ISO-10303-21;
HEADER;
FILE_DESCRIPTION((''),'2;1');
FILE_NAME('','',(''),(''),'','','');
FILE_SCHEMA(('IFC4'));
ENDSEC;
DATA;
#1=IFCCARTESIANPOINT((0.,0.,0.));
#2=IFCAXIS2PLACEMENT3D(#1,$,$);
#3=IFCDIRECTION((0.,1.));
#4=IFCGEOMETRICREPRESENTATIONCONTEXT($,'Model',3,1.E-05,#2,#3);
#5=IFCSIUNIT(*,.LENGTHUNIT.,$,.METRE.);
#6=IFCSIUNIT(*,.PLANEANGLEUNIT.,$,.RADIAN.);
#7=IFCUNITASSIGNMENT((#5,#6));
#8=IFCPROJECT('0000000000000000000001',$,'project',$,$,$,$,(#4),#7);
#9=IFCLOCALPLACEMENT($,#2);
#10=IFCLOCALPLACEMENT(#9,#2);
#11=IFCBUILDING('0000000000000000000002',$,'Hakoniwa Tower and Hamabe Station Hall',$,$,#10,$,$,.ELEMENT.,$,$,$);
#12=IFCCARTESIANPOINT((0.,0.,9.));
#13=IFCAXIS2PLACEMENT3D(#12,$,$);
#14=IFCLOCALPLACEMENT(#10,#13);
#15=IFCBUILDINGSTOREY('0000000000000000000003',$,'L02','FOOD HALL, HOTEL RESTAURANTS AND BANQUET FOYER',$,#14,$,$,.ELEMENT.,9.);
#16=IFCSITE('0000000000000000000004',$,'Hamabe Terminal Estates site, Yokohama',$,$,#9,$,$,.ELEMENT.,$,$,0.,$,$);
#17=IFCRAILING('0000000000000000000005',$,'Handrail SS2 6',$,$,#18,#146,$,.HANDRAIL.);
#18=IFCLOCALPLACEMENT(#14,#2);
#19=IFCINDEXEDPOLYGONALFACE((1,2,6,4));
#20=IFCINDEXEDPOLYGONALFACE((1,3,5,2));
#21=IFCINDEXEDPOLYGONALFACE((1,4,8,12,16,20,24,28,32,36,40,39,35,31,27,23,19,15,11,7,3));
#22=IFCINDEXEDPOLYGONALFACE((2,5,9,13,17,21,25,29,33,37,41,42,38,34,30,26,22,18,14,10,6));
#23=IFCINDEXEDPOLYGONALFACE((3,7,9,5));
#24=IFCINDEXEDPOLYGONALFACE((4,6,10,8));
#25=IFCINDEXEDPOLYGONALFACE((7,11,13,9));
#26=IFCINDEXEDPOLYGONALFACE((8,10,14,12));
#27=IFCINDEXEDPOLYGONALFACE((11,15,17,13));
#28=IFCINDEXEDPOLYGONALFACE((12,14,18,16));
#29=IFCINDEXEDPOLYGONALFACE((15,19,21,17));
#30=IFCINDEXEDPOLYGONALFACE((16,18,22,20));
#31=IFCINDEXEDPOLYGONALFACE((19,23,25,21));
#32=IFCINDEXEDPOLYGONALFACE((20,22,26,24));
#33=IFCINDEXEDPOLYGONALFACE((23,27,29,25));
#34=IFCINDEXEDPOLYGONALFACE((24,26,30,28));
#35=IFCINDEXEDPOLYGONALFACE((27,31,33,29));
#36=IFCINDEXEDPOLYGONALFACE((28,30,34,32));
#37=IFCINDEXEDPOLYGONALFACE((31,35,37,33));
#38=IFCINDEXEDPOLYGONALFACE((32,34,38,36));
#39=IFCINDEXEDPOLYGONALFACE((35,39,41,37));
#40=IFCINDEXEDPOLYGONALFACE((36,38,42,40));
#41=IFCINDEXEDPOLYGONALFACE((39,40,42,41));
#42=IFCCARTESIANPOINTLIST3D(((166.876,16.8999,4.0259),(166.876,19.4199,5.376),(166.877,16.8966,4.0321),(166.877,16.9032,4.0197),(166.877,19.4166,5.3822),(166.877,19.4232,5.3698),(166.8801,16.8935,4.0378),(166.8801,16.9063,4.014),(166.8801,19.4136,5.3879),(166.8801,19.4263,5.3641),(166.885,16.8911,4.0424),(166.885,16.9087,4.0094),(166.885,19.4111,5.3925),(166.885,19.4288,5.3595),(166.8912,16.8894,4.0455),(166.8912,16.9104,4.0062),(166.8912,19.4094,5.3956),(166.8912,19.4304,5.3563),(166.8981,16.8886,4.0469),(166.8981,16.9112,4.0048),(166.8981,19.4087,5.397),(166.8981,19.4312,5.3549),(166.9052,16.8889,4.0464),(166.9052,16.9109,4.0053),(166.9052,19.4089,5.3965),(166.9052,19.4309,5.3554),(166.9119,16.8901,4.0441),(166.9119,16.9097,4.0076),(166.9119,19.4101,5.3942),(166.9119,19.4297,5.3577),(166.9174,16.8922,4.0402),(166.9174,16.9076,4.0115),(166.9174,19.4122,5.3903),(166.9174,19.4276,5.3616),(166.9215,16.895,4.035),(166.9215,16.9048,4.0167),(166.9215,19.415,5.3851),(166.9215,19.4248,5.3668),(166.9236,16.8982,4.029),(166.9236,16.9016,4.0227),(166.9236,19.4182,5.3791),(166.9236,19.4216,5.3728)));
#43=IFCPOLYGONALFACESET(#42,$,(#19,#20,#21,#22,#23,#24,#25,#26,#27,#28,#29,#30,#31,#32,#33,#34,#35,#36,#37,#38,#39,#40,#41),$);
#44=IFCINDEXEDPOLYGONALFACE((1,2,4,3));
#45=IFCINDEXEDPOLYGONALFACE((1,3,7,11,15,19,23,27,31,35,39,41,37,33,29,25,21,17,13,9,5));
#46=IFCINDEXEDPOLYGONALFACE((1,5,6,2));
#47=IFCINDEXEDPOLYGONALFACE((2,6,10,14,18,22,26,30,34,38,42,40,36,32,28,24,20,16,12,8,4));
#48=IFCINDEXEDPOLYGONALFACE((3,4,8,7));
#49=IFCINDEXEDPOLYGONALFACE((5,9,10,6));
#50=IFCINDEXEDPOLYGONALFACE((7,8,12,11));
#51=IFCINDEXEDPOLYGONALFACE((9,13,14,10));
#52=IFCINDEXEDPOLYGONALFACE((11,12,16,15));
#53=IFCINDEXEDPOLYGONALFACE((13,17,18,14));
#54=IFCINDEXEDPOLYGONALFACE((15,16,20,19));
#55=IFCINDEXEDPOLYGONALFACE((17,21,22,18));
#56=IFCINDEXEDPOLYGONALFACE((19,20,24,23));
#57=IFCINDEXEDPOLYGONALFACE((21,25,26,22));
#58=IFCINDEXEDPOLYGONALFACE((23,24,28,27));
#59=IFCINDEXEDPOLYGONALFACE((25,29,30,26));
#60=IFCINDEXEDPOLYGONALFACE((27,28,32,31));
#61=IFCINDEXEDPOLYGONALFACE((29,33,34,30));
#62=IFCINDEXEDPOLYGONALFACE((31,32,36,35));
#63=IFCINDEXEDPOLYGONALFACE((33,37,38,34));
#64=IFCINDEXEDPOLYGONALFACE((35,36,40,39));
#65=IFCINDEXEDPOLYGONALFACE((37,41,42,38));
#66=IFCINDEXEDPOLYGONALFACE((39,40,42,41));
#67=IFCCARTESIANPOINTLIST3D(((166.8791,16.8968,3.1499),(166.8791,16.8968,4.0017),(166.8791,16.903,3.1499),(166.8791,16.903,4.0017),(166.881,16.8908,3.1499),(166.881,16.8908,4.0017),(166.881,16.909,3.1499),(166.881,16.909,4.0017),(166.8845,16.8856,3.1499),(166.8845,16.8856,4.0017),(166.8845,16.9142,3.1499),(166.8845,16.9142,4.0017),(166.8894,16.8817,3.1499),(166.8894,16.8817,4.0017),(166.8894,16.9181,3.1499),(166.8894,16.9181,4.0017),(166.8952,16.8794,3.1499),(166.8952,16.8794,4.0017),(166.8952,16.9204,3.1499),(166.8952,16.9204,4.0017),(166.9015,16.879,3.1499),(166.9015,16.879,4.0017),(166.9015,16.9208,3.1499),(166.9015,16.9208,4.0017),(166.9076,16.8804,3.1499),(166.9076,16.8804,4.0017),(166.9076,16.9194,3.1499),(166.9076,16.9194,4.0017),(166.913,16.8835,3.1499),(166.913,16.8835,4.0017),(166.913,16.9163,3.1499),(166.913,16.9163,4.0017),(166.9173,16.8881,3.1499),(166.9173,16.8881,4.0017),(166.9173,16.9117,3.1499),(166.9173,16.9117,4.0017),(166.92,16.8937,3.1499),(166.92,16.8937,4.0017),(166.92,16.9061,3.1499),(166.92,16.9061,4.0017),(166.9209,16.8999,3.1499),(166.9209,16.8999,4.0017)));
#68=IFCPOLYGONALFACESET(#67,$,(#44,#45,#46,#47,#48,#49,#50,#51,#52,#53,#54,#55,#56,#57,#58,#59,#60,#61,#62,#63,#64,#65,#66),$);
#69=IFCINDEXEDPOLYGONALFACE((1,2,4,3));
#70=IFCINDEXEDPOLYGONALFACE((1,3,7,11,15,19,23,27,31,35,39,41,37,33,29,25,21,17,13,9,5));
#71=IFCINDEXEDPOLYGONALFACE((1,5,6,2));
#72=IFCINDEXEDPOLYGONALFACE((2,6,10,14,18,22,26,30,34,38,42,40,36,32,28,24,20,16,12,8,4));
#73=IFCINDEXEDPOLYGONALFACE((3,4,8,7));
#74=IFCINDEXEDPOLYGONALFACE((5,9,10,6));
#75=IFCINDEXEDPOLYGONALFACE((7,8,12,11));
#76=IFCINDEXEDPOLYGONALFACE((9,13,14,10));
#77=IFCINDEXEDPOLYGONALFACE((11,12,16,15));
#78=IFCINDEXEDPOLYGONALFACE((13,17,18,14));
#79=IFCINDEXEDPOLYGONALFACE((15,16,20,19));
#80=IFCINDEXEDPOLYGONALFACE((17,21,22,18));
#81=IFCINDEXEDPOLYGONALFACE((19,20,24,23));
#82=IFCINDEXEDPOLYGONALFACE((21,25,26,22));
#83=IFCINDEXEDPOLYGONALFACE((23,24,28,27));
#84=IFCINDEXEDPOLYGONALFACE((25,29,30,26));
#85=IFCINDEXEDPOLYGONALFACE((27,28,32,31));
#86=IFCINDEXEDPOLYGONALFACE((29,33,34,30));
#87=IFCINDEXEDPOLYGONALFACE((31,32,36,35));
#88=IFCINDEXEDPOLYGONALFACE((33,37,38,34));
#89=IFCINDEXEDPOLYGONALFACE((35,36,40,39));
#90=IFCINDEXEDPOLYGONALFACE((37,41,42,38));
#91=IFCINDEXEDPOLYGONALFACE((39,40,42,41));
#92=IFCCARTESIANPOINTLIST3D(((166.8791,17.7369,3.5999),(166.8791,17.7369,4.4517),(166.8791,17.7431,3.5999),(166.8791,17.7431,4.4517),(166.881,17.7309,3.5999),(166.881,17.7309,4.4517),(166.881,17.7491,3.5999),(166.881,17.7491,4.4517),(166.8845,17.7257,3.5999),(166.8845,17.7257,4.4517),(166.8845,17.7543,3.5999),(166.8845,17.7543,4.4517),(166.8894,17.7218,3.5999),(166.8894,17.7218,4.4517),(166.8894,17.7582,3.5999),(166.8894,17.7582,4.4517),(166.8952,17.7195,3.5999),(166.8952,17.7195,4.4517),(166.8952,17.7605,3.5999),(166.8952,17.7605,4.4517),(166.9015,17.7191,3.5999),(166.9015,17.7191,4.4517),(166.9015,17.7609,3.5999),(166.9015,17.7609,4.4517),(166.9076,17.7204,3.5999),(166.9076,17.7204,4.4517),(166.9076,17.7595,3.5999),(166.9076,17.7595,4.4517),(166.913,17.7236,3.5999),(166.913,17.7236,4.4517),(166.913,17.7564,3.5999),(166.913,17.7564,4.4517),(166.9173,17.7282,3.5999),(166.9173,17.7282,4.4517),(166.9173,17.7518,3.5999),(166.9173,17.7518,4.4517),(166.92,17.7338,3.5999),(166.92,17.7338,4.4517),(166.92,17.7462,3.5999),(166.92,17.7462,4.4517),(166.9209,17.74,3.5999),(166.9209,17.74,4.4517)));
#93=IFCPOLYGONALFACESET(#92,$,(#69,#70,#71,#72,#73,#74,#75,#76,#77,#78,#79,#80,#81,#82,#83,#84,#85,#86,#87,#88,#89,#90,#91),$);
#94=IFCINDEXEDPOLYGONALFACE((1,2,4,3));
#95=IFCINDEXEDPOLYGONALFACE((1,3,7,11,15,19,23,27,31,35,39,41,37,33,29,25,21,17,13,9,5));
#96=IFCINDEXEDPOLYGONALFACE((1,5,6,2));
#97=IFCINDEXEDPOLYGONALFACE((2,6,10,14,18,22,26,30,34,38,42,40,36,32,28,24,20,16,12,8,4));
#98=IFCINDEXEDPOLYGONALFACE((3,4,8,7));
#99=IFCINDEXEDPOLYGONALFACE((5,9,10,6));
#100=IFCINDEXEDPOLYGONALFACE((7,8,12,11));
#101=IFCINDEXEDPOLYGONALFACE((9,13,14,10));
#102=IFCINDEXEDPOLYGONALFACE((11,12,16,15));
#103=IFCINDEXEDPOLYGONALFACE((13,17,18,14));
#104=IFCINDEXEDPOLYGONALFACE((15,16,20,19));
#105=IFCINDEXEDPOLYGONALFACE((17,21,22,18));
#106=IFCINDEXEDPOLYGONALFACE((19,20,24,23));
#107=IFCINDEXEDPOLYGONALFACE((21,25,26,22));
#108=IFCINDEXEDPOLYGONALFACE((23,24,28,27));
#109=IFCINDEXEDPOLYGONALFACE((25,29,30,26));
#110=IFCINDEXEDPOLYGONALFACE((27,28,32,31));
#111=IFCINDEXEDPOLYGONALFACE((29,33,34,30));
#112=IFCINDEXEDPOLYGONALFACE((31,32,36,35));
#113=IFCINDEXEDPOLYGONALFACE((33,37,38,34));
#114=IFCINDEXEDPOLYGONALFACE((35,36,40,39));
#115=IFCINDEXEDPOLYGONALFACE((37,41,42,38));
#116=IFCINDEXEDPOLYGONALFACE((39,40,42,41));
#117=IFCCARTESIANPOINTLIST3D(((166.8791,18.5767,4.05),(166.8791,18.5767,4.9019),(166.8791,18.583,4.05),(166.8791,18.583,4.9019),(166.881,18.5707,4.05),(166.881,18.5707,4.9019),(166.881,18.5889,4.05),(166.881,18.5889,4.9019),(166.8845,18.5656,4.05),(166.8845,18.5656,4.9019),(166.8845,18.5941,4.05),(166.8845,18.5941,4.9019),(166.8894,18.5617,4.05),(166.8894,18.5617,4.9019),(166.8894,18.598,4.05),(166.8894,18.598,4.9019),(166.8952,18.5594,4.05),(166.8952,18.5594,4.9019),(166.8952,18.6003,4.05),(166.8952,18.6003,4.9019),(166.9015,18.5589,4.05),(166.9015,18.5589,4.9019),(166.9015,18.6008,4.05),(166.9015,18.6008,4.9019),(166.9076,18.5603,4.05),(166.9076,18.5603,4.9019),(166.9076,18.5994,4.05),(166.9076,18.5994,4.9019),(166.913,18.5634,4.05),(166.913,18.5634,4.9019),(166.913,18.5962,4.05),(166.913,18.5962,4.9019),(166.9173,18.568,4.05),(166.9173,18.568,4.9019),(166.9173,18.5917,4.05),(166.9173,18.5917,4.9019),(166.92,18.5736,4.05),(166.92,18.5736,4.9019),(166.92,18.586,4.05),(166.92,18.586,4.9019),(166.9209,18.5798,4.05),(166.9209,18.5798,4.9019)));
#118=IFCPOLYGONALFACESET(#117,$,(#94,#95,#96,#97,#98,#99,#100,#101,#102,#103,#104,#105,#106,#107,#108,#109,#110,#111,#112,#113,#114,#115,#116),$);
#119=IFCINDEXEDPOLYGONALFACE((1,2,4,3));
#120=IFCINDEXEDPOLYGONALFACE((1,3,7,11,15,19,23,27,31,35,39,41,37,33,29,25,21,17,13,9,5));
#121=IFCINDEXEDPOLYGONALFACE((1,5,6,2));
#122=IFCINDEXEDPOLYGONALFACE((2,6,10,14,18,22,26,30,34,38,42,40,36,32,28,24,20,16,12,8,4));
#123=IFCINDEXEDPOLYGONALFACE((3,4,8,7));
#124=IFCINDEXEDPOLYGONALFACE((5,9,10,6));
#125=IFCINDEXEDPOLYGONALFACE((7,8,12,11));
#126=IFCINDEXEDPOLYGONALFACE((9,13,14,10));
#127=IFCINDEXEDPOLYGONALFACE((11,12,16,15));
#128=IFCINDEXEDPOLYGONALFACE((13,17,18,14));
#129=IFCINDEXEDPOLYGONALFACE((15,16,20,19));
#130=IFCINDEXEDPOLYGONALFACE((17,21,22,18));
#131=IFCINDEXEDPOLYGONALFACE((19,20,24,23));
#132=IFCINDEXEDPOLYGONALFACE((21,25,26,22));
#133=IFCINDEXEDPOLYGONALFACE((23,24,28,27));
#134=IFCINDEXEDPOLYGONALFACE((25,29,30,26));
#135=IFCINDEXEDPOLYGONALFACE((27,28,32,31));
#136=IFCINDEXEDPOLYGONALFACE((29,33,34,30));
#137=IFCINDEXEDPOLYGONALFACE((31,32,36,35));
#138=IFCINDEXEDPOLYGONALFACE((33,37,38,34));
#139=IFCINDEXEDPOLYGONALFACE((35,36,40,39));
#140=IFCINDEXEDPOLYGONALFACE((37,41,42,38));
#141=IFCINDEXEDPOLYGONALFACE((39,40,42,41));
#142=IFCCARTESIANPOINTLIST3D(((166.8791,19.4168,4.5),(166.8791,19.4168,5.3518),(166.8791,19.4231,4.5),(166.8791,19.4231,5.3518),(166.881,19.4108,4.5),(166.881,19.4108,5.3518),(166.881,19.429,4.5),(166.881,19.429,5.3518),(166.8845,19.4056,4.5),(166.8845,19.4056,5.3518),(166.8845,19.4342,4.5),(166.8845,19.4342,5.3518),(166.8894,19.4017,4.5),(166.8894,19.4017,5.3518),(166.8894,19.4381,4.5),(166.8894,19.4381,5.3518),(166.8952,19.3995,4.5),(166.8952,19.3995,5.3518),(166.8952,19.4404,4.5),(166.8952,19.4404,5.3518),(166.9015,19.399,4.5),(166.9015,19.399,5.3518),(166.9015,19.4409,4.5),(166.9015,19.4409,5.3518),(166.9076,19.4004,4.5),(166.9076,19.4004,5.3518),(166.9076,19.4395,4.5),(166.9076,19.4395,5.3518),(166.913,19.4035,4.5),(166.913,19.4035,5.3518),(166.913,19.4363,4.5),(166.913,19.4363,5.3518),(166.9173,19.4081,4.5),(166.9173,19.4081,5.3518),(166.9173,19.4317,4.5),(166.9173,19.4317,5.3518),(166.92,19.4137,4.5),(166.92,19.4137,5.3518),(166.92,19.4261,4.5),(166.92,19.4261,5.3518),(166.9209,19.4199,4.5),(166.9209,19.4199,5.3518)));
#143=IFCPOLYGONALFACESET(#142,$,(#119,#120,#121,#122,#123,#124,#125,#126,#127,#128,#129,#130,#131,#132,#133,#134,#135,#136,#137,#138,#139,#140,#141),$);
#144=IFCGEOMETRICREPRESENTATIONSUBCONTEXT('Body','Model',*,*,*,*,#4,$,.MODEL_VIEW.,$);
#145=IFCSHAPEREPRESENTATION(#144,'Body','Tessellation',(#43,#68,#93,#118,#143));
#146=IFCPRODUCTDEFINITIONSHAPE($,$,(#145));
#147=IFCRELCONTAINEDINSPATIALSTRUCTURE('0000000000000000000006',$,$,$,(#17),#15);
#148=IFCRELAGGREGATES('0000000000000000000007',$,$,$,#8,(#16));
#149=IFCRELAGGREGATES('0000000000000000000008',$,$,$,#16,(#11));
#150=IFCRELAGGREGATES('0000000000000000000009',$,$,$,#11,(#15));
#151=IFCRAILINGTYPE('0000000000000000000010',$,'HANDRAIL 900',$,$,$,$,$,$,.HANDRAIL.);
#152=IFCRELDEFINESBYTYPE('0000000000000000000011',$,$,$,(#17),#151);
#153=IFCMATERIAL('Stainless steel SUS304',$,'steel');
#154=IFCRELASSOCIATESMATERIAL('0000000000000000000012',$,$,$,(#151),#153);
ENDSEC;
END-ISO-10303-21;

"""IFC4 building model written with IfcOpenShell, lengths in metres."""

from ifc_helpers import new_model, si_unit, direction, frame, origin, origin_2d, place, context, subcontext, project, spatial, circle, extrude, material, type_object, element, save


model = new_model("IFC4")

# Units and contexts
model_context = context("Model", 3, precision=1e-05, world=origin(), true_north=direction((0.0, 1.0)))
body_context = subcontext(model_context, "Body", "Model", "MODEL_VIEW")
ifc_project = project(units=[si_unit("LENGTHUNIT", "METRE"), si_unit("PLANEANGLEUNIT", "RADIAN")], contexts=[model_context])

# Site, building, storey
site_placement = place(None, origin())
site = spatial("IfcSite", under=ifc_project, at=site_placement, Name="Hamabe Terminal Estates site, Yokohama", CompositionType="ELEMENT", RefElevation=0.0)
building_placement = place(site_placement, origin())
building = spatial("IfcBuilding", under=site, at=building_placement, Name="Hakoniwa Tower and Hamabe Station Hall", CompositionType="ELEMENT")
storey_placement = place(building_placement, frame((0.0, 0.0, 9.0)))
storey = spatial("IfcBuildingStorey", under=building, at=storey_placement, Name="L02", Description="FOOD HALL, HOTEL RESTAURANTS AND BANQUET FOYER", CompositionType="ELEMENT", Elevation=9.0)

# Railing
ifc_material_1 = material(Name="Stainless steel SUS304", Category="steel")
railing_type = type_object("IfcRailingType", Name="HANDRAIL 900", PredefinedType="HANDRAIL", material=ifc_material_1)
for number, where, name in (
    (1, (166.8999, 16.8999, 3.1499), "Handrail SS2 6"),
):
    element("IfcRailing", number, at=place(storey_placement, frame(where)), inside=storey, type_object=railing_type, Name=name, PredefinedType="HANDRAIL", context=body_context, shape_type="SweptSolid", body=[
        extrude(circle(Radius=0.0239, at=origin_2d()), frame((0.0, 0.0, 0.876), z_axis=(0.0, 0.881467, 0.472245), x_axis=(-1.0, 0.0, 0.0)), (0.0, 0.0, 1.0), 2.8589),
        extrude(circle(Radius=0.021, at=origin_2d()), origin(), (0.0, 0.0, 1.0), 0.8518),
        extrude(circle(Radius=0.021, at=origin_2d()), frame((0.0, 0.8401, 0.45)), (0.0, 0.0, 1.0), 0.8518),
        extrude(circle(Radius=0.021, at=origin_2d()), frame((0.0, 1.6799, 0.9001)), (0.0, 0.0, 1.0), 0.8518),
        extrude(circle(Radius=0.021, at=origin_2d()), frame((0.0, 2.52, 1.3501)), (0.0, 0.0, 1.0), 0.8518),
    ])

save(model, "model.ifc")
